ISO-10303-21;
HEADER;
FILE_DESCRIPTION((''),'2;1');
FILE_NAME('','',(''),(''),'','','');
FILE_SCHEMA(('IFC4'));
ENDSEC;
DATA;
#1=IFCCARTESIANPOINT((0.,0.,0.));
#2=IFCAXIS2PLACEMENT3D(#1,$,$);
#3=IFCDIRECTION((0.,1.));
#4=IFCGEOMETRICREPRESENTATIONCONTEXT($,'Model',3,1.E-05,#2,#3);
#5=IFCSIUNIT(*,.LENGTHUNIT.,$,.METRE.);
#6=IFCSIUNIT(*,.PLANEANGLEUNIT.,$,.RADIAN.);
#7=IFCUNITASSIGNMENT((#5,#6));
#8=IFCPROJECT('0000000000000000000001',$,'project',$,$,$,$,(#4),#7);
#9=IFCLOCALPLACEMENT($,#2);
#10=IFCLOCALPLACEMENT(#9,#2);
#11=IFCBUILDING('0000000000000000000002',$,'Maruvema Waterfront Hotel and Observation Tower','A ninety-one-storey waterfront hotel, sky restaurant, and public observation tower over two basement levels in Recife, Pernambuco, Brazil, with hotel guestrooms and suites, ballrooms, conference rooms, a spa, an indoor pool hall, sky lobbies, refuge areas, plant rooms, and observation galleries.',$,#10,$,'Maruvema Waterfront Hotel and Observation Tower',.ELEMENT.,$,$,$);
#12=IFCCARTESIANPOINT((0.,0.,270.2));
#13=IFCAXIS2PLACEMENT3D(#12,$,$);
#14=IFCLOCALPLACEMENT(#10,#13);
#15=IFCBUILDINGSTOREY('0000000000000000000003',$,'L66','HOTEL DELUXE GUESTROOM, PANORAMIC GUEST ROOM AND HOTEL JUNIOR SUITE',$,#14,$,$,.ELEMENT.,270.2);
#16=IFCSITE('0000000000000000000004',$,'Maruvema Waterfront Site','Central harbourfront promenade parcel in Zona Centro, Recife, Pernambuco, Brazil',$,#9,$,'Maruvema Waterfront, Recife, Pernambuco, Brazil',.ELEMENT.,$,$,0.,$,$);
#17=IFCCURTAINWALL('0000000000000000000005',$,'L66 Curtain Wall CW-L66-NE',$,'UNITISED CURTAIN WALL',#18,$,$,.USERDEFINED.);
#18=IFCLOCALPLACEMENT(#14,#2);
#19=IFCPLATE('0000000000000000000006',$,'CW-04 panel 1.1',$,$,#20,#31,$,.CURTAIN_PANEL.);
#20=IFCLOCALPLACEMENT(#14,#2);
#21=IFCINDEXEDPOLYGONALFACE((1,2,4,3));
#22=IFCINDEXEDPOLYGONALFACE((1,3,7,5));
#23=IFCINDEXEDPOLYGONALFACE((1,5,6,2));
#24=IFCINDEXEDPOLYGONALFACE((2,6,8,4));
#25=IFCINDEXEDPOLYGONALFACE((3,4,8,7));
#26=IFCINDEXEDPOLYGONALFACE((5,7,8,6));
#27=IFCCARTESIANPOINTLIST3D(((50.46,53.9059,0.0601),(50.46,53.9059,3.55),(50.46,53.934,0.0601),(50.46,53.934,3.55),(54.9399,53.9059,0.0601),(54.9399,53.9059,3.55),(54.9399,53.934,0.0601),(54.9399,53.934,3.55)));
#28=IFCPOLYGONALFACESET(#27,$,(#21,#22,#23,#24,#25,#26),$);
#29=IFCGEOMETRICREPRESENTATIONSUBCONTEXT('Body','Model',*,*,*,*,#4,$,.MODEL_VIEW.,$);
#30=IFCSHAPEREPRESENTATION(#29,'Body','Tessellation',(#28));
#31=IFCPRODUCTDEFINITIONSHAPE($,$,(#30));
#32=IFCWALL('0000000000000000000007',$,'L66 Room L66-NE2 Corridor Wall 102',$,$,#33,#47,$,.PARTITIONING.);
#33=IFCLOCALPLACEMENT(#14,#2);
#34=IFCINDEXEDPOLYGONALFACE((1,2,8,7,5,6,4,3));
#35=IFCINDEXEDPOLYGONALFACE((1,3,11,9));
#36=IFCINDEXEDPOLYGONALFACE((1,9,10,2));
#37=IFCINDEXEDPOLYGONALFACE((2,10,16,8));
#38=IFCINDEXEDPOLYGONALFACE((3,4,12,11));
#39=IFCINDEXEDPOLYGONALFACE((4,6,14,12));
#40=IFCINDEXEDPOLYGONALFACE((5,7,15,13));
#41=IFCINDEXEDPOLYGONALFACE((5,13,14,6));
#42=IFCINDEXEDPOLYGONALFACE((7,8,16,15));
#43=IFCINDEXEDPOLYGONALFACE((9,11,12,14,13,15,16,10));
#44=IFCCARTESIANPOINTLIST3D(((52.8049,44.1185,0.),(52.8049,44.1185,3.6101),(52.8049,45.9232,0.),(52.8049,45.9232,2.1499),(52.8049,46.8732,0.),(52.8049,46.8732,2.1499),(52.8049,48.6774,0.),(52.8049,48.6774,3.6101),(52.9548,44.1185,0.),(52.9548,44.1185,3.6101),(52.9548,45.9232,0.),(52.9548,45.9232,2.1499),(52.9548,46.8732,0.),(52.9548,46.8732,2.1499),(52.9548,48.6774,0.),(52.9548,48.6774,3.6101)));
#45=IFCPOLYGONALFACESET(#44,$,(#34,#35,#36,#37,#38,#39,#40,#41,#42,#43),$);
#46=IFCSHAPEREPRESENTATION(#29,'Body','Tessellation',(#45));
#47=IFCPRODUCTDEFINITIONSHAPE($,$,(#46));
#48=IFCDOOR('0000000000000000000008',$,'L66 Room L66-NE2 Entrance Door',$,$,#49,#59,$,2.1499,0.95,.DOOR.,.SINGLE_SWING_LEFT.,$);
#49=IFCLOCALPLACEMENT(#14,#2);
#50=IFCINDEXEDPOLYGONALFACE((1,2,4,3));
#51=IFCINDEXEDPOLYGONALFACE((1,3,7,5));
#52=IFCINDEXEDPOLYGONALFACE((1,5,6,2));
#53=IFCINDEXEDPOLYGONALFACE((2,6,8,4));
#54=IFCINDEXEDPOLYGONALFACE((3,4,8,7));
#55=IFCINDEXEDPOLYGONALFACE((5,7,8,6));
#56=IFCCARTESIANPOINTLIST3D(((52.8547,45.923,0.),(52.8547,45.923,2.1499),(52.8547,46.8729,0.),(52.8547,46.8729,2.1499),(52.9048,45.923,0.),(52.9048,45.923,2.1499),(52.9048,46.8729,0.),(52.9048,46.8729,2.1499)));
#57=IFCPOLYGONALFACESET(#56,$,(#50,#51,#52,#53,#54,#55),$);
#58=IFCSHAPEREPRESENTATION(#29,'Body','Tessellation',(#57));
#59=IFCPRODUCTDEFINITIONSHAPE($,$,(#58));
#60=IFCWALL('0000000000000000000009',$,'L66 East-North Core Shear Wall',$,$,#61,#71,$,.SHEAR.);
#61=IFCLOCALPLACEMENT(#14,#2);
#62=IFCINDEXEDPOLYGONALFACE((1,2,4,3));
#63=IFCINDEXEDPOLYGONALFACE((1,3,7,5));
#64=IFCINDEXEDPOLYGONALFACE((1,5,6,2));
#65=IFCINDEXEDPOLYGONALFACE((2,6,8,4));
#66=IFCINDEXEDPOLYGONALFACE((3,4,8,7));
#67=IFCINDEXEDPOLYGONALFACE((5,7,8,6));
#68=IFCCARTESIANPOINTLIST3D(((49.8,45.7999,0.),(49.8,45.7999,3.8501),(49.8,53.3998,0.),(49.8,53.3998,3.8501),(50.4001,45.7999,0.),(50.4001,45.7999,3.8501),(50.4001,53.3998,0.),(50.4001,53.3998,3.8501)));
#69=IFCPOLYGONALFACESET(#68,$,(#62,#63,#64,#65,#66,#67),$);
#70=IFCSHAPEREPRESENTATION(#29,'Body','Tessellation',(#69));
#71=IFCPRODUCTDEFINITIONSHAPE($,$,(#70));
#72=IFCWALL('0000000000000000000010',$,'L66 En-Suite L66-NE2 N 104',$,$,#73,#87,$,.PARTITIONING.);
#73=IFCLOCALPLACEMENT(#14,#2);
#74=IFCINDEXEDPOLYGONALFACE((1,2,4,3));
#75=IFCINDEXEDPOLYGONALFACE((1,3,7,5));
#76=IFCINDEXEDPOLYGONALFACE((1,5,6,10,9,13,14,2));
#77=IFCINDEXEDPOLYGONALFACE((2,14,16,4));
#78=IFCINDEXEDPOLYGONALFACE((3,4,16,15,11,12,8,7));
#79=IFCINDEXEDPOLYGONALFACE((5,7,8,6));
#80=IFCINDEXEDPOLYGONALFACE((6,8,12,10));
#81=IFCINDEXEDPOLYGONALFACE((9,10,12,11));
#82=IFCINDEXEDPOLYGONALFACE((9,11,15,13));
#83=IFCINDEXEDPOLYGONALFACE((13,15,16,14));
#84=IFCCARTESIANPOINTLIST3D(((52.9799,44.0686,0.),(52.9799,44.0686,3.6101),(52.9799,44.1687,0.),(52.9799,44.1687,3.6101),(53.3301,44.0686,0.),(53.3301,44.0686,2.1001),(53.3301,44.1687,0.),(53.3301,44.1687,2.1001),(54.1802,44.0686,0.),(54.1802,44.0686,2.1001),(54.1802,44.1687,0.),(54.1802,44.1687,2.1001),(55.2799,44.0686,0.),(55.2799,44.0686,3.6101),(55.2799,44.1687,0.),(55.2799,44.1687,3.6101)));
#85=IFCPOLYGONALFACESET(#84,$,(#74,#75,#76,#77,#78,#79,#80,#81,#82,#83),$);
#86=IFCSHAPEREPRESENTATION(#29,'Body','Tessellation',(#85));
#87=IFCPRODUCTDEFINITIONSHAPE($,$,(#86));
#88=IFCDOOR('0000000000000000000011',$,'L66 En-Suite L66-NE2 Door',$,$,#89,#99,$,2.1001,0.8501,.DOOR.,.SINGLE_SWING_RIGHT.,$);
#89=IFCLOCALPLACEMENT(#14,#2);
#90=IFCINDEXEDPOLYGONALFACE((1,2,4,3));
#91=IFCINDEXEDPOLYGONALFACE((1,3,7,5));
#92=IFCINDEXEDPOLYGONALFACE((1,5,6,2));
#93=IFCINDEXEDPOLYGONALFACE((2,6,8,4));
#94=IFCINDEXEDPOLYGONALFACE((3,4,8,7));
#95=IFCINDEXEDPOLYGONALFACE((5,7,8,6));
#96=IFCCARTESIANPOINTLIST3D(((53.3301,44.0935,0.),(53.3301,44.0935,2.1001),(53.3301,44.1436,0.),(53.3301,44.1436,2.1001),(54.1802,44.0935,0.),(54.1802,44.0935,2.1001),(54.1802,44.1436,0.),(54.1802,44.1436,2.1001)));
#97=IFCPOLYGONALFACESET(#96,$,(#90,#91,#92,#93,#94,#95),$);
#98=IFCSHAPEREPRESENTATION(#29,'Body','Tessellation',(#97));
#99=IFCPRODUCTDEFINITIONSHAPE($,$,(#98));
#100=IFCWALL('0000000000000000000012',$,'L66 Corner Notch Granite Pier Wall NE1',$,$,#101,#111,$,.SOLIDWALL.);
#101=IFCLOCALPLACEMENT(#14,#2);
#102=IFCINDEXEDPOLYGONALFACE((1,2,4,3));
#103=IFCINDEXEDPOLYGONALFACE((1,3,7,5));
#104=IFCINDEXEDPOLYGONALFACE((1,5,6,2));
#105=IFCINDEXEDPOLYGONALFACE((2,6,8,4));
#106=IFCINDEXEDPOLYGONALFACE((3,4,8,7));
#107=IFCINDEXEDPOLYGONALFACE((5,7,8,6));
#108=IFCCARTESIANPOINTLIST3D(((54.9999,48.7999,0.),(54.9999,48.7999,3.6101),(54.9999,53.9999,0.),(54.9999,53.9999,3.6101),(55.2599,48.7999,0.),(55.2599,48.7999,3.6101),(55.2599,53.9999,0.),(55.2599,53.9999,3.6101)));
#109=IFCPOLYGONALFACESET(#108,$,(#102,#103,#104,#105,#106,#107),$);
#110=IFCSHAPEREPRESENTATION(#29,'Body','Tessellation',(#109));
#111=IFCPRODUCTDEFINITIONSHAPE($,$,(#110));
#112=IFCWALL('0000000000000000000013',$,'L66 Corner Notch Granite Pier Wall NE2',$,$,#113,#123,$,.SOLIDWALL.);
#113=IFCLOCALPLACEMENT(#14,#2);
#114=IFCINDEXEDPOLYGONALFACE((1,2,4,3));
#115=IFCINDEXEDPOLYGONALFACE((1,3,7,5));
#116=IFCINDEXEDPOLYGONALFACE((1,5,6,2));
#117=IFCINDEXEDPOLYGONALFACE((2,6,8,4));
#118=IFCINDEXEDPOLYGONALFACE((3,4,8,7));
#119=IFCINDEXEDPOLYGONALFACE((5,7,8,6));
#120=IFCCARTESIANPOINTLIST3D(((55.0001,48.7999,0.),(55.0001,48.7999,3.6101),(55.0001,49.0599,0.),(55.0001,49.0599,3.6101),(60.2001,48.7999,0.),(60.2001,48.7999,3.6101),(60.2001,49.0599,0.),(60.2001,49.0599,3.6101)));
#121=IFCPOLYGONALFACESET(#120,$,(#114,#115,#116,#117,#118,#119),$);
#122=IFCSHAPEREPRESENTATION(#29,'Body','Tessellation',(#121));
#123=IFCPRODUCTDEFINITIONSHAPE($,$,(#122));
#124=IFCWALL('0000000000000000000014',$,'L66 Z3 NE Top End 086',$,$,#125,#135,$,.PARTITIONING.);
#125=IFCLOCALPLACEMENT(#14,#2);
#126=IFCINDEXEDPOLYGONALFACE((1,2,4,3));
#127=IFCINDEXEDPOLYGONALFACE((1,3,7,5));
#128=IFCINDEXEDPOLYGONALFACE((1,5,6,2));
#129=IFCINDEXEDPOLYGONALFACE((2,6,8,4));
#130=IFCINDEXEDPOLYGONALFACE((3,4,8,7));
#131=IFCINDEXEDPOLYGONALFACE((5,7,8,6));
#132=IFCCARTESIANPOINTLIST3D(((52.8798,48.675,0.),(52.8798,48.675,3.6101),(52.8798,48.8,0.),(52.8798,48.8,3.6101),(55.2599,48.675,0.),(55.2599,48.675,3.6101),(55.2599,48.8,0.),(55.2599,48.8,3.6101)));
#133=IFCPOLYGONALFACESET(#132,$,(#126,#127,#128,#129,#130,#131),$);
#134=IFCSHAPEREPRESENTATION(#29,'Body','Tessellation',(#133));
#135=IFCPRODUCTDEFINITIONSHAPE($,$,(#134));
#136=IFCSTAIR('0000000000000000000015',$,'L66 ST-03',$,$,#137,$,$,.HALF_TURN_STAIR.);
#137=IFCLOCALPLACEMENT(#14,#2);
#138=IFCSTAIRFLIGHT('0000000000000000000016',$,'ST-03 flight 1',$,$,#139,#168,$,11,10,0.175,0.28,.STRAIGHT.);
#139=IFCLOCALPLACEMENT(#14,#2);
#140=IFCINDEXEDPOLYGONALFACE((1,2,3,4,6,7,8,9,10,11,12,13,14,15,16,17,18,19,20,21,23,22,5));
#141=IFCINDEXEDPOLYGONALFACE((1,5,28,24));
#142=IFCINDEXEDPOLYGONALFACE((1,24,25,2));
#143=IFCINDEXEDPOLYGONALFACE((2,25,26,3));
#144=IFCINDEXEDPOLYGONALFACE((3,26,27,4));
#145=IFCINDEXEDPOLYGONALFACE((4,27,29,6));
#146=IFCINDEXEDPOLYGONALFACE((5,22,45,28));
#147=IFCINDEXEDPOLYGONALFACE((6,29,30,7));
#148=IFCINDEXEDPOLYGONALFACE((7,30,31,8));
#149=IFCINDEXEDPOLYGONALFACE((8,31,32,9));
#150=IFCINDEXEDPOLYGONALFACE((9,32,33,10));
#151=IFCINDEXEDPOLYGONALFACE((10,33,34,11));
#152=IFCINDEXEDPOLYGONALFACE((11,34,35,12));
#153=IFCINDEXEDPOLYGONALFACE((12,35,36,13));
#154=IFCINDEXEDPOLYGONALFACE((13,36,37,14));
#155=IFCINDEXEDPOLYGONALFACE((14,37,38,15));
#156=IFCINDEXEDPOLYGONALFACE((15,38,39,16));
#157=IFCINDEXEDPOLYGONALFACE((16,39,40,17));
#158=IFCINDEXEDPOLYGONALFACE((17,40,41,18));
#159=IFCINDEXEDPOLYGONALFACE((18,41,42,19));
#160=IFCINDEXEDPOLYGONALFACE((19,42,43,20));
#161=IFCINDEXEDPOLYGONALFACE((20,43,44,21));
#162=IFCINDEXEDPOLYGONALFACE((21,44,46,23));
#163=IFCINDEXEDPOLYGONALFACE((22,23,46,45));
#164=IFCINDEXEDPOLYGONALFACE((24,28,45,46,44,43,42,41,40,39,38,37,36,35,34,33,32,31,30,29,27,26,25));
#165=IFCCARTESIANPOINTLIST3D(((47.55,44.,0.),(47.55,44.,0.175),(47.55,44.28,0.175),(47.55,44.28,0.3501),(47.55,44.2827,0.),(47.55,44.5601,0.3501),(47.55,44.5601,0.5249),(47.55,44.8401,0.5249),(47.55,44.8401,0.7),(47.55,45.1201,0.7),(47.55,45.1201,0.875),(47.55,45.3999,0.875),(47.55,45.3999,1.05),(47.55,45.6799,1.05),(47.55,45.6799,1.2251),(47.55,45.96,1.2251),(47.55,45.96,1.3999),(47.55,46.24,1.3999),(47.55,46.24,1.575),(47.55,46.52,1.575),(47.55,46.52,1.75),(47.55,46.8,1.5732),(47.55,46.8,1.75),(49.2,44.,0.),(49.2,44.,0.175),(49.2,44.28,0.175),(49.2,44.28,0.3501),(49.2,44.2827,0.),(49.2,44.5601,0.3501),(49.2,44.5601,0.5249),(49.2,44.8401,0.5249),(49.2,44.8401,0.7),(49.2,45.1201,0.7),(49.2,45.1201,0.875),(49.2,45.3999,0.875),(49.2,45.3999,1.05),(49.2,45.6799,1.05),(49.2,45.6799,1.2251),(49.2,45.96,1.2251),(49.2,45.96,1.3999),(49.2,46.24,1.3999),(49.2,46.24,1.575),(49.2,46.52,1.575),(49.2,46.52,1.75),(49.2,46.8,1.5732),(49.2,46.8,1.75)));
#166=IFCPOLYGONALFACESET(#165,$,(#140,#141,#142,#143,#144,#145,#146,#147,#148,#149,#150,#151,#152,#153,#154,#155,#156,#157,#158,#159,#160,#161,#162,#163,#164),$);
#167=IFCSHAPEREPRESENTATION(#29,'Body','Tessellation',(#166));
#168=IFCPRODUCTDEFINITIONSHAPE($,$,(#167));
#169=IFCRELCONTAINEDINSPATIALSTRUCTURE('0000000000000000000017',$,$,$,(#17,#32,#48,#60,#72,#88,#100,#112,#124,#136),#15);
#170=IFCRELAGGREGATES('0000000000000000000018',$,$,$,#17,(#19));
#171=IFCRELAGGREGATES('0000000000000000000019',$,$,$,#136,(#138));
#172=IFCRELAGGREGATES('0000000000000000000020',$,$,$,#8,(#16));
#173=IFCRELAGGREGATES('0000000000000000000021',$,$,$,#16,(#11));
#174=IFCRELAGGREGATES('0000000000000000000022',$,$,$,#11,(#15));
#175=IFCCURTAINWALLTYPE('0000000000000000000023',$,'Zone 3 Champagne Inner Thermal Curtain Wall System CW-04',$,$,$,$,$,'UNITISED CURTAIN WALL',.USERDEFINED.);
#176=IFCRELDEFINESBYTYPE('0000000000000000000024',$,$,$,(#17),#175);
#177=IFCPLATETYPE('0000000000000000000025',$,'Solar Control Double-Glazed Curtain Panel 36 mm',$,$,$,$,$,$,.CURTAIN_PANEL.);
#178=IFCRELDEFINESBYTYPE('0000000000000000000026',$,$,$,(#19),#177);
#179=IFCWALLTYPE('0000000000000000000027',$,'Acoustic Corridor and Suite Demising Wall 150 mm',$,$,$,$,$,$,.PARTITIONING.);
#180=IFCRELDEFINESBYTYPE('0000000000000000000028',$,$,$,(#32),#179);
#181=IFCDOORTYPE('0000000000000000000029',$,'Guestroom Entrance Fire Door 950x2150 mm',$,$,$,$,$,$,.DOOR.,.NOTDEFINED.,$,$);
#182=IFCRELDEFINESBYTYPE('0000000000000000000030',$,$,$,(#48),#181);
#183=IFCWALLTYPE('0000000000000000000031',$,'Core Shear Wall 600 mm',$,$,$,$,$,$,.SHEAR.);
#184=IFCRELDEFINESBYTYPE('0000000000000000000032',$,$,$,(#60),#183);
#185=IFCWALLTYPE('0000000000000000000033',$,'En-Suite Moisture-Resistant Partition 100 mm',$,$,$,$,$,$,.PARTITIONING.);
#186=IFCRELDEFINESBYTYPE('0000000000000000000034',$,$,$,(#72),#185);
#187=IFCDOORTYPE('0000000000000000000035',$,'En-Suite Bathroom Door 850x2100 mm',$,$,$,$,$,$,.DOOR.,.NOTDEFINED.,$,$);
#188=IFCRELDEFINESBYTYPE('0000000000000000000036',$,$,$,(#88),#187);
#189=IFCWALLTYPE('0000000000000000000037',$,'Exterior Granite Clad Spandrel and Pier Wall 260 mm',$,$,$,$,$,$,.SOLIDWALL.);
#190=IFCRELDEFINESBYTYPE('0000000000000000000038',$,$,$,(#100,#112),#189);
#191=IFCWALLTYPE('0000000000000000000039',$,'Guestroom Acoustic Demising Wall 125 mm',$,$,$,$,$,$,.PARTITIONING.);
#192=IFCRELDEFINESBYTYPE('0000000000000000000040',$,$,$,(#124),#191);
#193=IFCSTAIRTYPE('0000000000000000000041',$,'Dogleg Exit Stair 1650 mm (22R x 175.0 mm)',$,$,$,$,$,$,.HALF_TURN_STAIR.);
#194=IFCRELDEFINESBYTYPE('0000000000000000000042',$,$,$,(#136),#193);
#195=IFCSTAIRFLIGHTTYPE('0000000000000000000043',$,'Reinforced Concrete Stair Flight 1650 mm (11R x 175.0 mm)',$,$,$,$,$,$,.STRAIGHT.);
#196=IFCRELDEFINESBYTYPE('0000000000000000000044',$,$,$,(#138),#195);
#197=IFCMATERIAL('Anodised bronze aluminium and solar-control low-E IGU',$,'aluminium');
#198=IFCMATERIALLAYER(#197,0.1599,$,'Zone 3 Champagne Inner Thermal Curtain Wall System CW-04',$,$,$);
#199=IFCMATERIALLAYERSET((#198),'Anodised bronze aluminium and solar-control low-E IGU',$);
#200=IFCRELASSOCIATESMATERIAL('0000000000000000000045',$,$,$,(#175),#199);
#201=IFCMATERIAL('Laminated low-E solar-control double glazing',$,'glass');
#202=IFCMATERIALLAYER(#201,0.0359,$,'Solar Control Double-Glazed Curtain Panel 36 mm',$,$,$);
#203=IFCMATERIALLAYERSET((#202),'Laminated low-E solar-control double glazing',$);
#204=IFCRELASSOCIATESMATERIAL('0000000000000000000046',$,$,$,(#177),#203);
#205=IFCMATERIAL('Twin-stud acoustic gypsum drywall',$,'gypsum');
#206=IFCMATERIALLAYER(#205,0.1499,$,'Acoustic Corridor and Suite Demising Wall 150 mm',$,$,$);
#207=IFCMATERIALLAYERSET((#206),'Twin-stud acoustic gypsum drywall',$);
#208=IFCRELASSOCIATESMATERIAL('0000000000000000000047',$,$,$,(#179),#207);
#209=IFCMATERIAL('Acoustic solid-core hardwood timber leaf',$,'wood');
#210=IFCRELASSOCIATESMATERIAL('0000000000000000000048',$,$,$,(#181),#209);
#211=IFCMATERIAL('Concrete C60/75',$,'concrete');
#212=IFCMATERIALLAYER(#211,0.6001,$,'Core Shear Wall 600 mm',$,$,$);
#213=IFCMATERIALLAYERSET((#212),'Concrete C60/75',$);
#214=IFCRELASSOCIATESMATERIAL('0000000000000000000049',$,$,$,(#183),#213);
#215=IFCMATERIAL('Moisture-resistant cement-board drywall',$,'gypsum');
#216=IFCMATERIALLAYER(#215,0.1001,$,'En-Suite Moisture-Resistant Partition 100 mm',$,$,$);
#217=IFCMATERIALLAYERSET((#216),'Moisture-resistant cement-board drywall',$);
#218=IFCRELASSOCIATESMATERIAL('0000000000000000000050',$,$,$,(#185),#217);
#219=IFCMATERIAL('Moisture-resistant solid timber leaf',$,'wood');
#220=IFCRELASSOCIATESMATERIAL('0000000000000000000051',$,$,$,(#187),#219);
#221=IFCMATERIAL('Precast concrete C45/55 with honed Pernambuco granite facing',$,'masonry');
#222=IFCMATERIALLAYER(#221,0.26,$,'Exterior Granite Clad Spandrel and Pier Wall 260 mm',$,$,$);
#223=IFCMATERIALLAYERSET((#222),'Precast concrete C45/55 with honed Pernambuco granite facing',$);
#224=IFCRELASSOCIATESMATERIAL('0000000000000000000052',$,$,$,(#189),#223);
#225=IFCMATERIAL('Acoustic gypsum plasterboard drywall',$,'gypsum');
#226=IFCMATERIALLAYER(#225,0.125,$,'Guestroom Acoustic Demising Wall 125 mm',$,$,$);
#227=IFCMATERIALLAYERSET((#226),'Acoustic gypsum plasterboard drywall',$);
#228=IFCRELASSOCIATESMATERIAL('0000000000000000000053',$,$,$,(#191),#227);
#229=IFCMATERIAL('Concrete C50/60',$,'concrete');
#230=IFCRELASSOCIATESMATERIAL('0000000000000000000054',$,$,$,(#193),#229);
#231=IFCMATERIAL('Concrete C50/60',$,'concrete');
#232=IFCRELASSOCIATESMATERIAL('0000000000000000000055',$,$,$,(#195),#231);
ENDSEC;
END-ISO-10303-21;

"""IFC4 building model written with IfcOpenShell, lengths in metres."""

from ifc_helpers import new_model, si_unit, direction, frame, frame_2d, origin, origin_2d, place, context, subcontext, project, spatial, polyline, rectangle, outline, extrude, material, layer, layer_set, type_object, element, fill, aggregate, save


model = new_model("IFC4")

# Units and contexts
model_context = context("Model", 3, precision=1e-05, world=origin(), true_north=direction((0.0, 1.0)))
body_context = subcontext(model_context, "Body", "Model", "MODEL_VIEW")
ifc_project = project(units=[si_unit("LENGTHUNIT", "METRE"), si_unit("PLANEANGLEUNIT", "RADIAN")], contexts=[model_context])

# Site, building, storey
site_placement = place(None, origin())
site = spatial("IfcSite", under=ifc_project, at=site_placement, Name="Maruvema Waterfront Site", Description="Central harbourfront promenade parcel in Zona Centro, Recife, Pernambuco, Brazil", LongName="Maruvema Waterfront, Recife, Pernambuco, Brazil", CompositionType="ELEMENT", RefElevation=0.0)
building_placement = place(site_placement, origin())
building = spatial("IfcBuilding", under=site, at=building_placement, Name="Maruvema Waterfront Hotel and Observation Tower", Description="A ninety-one-storey waterfront hotel, sky restaurant, and public observation tower over two basement levels in Recife, Pernambuco, Brazil, with hotel guestrooms and suites, ballrooms, conference rooms, a spa, an indoor pool hall, sky lobbies, refuge areas, plant rooms, and observation galleries.", LongName="Maruvema Waterfront Hotel and Observation Tower", CompositionType="ELEMENT")
storey_placement = place(building_placement, frame((0.0, 0.0, 270.2)))
storey = spatial("IfcBuildingStorey", under=building, at=storey_placement, Name="L66", Description="HOTEL DELUXE GUESTROOM, PANORAMIC GUEST ROOM AND HOTEL JUNIOR SUITE", CompositionType="ELEMENT", Elevation=270.2)

# Curtain wall
ifc_material_1 = material(Name="Anodised bronze aluminium and solar-control low-E IGU", Category="aluminium")
ifc_layer_1 = layer(ifc_material_1, 0.1599, Name="Zone 3 Champagne Inner Thermal Curtain Wall System CW-04")
ifc_layer_set_1 = layer_set([ifc_layer_1], Name="Anodised bronze aluminium and solar-control low-E IGU")
curtain_wall_type = type_object("IfcCurtainWallType", Name="Zone 3 Champagne Inner Thermal Curtain Wall System CW-04", ElementType="UNITISED CURTAIN WALL", PredefinedType="USERDEFINED", material=ifc_layer_set_1)
curtain_wall_1_placement = place(storey_placement, origin())
curtain_wall_1 = element("IfcCurtainWall", 1, at=curtain_wall_1_placement, inside=storey, type_object=curtain_wall_type, Name="L66 Curtain Wall CW-L66-NE", ObjectType="UNITISED CURTAIN WALL", PredefinedType="USERDEFINED")

# Plate
ifc_material_2 = material(Name="Laminated low-E solar-control double glazing", Category="glass")
ifc_layer_2 = layer(ifc_material_2, 0.0359, Name="Solar Control Double-Glazed Curtain Panel 36 mm")
ifc_layer_set_2 = layer_set([ifc_layer_2], Name="Laminated low-E solar-control double glazing")
plate_type = type_object("IfcPlateType", Name="Solar Control Double-Glazed Curtain Panel 36 mm", PredefinedType="CURTAIN_PANEL", material=ifc_layer_set_2)
plate_1_placement = place(storey_placement, frame((52.7, 53.9199, 0.0601), z_axis=(0.0, 0.0, 1.0), x_axis=(-1.0, 0.0, 0.0)))
plate_1 = element("IfcPlate", 2, at=plate_1_placement, type_object=plate_type, Name="CW-04 panel 1.1", PredefinedType="CURTAIN_PANEL", context=body_context, shape_type="SweptSolid", body=[
    extrude(rectangle(XDim=4.48, YDim=0.0281, at=origin_2d()), origin(), (0.0, 0.0, 1.0), 3.49),
])
aggregate(curtain_wall_1, [plate_1])

# Wall, opening, door
ifc_material_3 = material(Name="Twin-stud acoustic gypsum drywall", Category="gypsum")
ifc_layer_3 = layer(ifc_material_3, 0.1499, Name="Acoustic Corridor and Suite Demising Wall 150 mm")
ifc_layer_set_3 = layer_set([ifc_layer_3], Name="Twin-stud acoustic gypsum drywall")
wall_type_1 = type_object("IfcWallType", Name="Acoustic Corridor and Suite Demising Wall 150 mm", PredefinedType="PARTITIONING", material=ifc_layer_set_3)
wall_1_placement = place(storey_placement, frame((52.8799, 44.1187, 0.0), z_axis=(0.0, 0.0, 1.0), x_axis=(0.0, 1.0, 0.0)))
wall_1 = element("IfcWall", 3, at=wall_1_placement, inside=storey, type_object=wall_type_1, Name="L66 Room L66-NE2 Corridor Wall 102", PredefinedType="PARTITIONING", context=body_context, shape_type="SweptSolid", body=[
    extrude(rectangle(XDim=4.5588, YDim=0.1499, at=frame_2d((2.2793, 0.0))), origin(), (0.0, 0.0, 1.0), 3.6101),
])
opening_1_placement = place(wall_1_placement, frame((1.8044, 0.0, 0.0)))
opening_1 = element("IfcOpeningElement", 4, at=opening_1_placement, cuts=wall_1, PredefinedType="OPENING", context=body_context, shape_type="SweptSolid", body=[
    extrude(rectangle(XDim=0.95, YDim=2.1499, at=frame_2d((0.4751, 1.075))), frame((0.0, 0.085, 0.0), z_axis=(0.0, -1.0, 0.0), x_axis=(1.0, 0.0, 0.0)), (0.0, 0.0, 1.0), 0.1699),
])
ifc_material_4 = material(Name="Acoustic solid-core hardwood timber leaf", Category="wood")
door_type_1 = type_object("IfcDoorType", Name="Guestroom Entrance Fire Door 950x2150 mm", OperationType="NOTDEFINED", PredefinedType="DOOR", material=ifc_material_4)
door_1_placement = place(opening_1_placement, frame((0.95, 0.0, 0.0), z_axis=(0.0, 0.0, 1.0), x_axis=(-1.0, 0.0, 0.0)))
door_1 = element("IfcDoor", 5, at=door_1_placement, inside=storey, type_object=door_type_1, Name="L66 Room L66-NE2 Entrance Door", OperationType="SINGLE_SWING_LEFT", OverallHeight=2.1499, OverallWidth=0.95, PredefinedType="DOOR", context=body_context, shape_type="SweptSolid", body=[
    extrude(rectangle(XDim=0.95, YDim=2.1499, at=frame_2d((0.4751, 1.075))), frame((0.0, 0.0249, 0.0), z_axis=(0.0, -1.0, 0.0), x_axis=(1.0, 0.0, 0.0)), (0.0, 0.0, 1.0), 0.05),
])
fill(opening_1, door_1)

# Wall
ifc_material_5 = material(Name="Concrete C60/75", Category="concrete")
ifc_layer_4 = layer(ifc_material_5, 0.6001, Name="Core Shear Wall 600 mm")
ifc_layer_set_4 = layer_set([ifc_layer_4], Name="Concrete C60/75")
wall_type_2 = type_object("IfcWallType", Name="Core Shear Wall 600 mm", PredefinedType="SHEAR", material=ifc_layer_set_4)
wall_2_placement = place(storey_placement, frame((50.1001, 45.8, 0.0), z_axis=(0.0, 0.0, 1.0), x_axis=(0.0, 1.0, 0.0)))
element("IfcWall", 6, at=wall_2_placement, inside=storey, type_object=wall_type_2, Name="L66 East-North Core Shear Wall", PredefinedType="SHEAR", context=body_context, shape_type="SweptSolid", body=[
    extrude(rectangle(XDim=7.5999, YDim=0.6001, at=frame_2d((3.7998, 0.0))), origin(), (0.0, 0.0, 1.0), 3.8501),
])

# Wall, opening, door
ifc_material_6 = material(Name="Moisture-resistant cement-board drywall", Category="gypsum")
ifc_layer_5 = layer(ifc_material_6, 0.1001, Name="En-Suite Moisture-Resistant Partition 100 mm")
ifc_layer_set_5 = layer_set([ifc_layer_5], Name="Moisture-resistant cement-board drywall")
wall_type_3 = type_object("IfcWallType", Name="En-Suite Moisture-Resistant Partition 100 mm", PredefinedType="PARTITIONING", material=ifc_layer_set_5)
wall_3_placement = place(storey_placement, frame((52.98, 44.1187, 0.0), z_axis=(0.0, 0.0, 1.0), x_axis=(1.0, 0.0, 0.0)))
wall_3 = element("IfcWall", 7, at=wall_3_placement, inside=storey, type_object=wall_type_3, Name="L66 En-Suite L66-NE2 N 104", PredefinedType="PARTITIONING", context=body_context, shape_type="SweptSolid", body=[
    extrude(rectangle(XDim=2.3, YDim=0.1001, at=frame_2d((1.1499, 0.0))), origin(), (0.0, 0.0, 1.0), 3.6101),
])
opening_2_placement = place(wall_3_placement, frame((0.3501, 0.0, 0.0)))
opening_2 = element("IfcOpeningElement", 8, at=opening_2_placement, cuts=wall_3, PredefinedType="OPENING", context=body_context, shape_type="SweptSolid", body=[
    extrude(rectangle(XDim=0.8501, YDim=2.1001, at=frame_2d((0.425, 1.05))), frame((0.0, 0.0601, 0.0), z_axis=(0.0, -1.0, 0.0), x_axis=(1.0, 0.0, 0.0)), (0.0, 0.0, 1.0), 0.1201),
])
ifc_material_7 = material(Name="Moisture-resistant solid timber leaf", Category="wood")
door_type_2 = type_object("IfcDoorType", Name="En-Suite Bathroom Door 850x2100 mm", OperationType="NOTDEFINED", PredefinedType="DOOR", material=ifc_material_7)
door_2_placement = place(opening_2_placement, origin())
door_2 = element("IfcDoor", 9, at=door_2_placement, inside=storey, type_object=door_type_2, Name="L66 En-Suite L66-NE2 Door", OperationType="SINGLE_SWING_RIGHT", OverallHeight=2.1001, OverallWidth=0.8501, PredefinedType="DOOR", context=body_context, shape_type="SweptSolid", body=[
    extrude(rectangle(XDim=0.8501, YDim=2.1001, at=frame_2d((0.425, 1.05))), frame((0.0, 0.0249, 0.0), z_axis=(0.0, -1.0, 0.0), x_axis=(1.0, 0.0, 0.0)), (0.0, 0.0, 1.0), 0.05),
])
fill(opening_2, door_2)

# Walls
ifc_material_8 = material(Name="Precast concrete C45/55 with honed Pernambuco granite facing", Category="masonry")
ifc_layer_6 = layer(ifc_material_8, 0.26, Name="Exterior Granite Clad Spandrel and Pier Wall 260 mm")
ifc_layer_set_6 = layer_set([ifc_layer_6], Name="Precast concrete C45/55 with honed Pernambuco granite facing")
wall_type_4 = type_object("IfcWallType", Name="Exterior Granite Clad Spandrel and Pier Wall 260 mm", PredefinedType="SOLIDWALL", material=ifc_layer_set_6)
for number, where, z_axis, x_axis, name in (
    (10, (55.1299, 54.0, 0.0), (0.0, 0.0, 1.0), (0.0, -1.0, 0.0), "L66 Corner Notch Granite Pier Wall NE1"),
    (11, (55.0, 48.9299, 0.0), (0.0, 0.0, 1.0), (1.0, 0.0, 0.0), "L66 Corner Notch Granite Pier Wall NE2"),
):
    element("IfcWall", number, at=place(storey_placement, frame(where, z_axis=z_axis, x_axis=x_axis)), inside=storey, type_object=wall_type_4, Name=name, PredefinedType="SOLIDWALL", context=body_context, shape_type="SweptSolid", body=[
        extrude(rectangle(XDim=5.2, YDim=0.26, at=frame_2d((2.6001, 0.0))), origin(), (0.0, 0.0, 1.0), 3.6101),
    ])
ifc_material_9 = material(Name="Acoustic gypsum plasterboard drywall", Category="gypsum")
ifc_layer_7 = layer(ifc_material_9, 0.125, Name="Guestroom Acoustic Demising Wall 125 mm")
ifc_layer_set_7 = layer_set([ifc_layer_7], Name="Acoustic gypsum plasterboard drywall")
wall_type_5 = type_object("IfcWallType", Name="Guestroom Acoustic Demising Wall 125 mm", PredefinedType="PARTITIONING", material=ifc_layer_set_7)
wall_4_placement = place(storey_placement, frame((52.8799, 48.7375, 0.0), z_axis=(0.0, 0.0, 1.0), x_axis=(1.0, 0.0, 0.0)))
element("IfcWall", 12, at=wall_4_placement, inside=storey, type_object=wall_type_5, Name="L66 Z3 NE Top End 086", PredefinedType="PARTITIONING", context=body_context, shape_type="SweptSolid", body=[
    extrude(rectangle(XDim=2.3801, YDim=0.125, at=frame_2d((1.1899, 0.0))), origin(), (0.0, 0.0, 1.0), 3.6101),
])

# Stair, stair flight
ifc_material_10 = material(Name="Concrete C50/60", Category="concrete")
stair_type = type_object("IfcStairType", Name="Dogleg Exit Stair 1650 mm (22R x 175.0 mm)", PredefinedType="HALF_TURN_STAIR", material=ifc_material_10)
stair_placement = place(storey_placement, origin())
stair = element("IfcStair", 13, at=stair_placement, inside=storey, type_object=stair_type, Name="L66 ST-03", PredefinedType="HALF_TURN_STAIR")
ifc_material_11 = material(Name="Concrete C50/60", Category="concrete")
stair_flight_type = type_object("IfcStairFlightType", Name="Reinforced Concrete Stair Flight 1650 mm (11R x 175.0 mm)", PredefinedType="STRAIGHT", material=ifc_material_11)
stair_flight_placement = place(storey_placement, frame((48.375, 44.0, 0.0), z_axis=(0.0, 0.0, 1.0), x_axis=(0.0, 1.0, 0.0)))
stair_flight = element("IfcStairFlight", 14, at=stair_flight_placement, type_object=stair_flight_type, Name="ST-03 flight 1", NumberOfRisers=11, NumberOfTreads=10, PredefinedType="STRAIGHT", RiserHeight=0.175, TreadLength=0.28, context=body_context, shape_type="SweptSolid", body=[
    extrude(outline(polyline([(0.0, 0.0), (0.0, 0.175), (0.28, 0.175), (0.28, 0.3501), (0.5601, 0.3501), (0.5601, 0.5249), (0.8401, 0.5249), (0.8401, 0.7), (1.1201, 0.7), (1.1201, 0.875), (1.3999, 0.875), (1.3999, 1.05), (1.6799, 1.05), (1.6799, 1.2251), (1.96, 1.2251), (1.96, 1.3999), (2.24, 1.3999), (2.24, 1.575), (2.52, 1.575), (2.52, 1.75), (2.8, 1.75), (2.8, 1.925), (2.8, 1.5732), (0.2827, 0.0), (0.0, 0.0)])), frame((0.0, 0.825, 0.0), z_axis=(0.0, -1.0, 0.0), x_axis=(1.0, 0.0, 0.0)), (0.0, 0.0, 1.0), 1.6499),
])
aggregate(stair, [stair_flight])

save(model, "model.ifc")
